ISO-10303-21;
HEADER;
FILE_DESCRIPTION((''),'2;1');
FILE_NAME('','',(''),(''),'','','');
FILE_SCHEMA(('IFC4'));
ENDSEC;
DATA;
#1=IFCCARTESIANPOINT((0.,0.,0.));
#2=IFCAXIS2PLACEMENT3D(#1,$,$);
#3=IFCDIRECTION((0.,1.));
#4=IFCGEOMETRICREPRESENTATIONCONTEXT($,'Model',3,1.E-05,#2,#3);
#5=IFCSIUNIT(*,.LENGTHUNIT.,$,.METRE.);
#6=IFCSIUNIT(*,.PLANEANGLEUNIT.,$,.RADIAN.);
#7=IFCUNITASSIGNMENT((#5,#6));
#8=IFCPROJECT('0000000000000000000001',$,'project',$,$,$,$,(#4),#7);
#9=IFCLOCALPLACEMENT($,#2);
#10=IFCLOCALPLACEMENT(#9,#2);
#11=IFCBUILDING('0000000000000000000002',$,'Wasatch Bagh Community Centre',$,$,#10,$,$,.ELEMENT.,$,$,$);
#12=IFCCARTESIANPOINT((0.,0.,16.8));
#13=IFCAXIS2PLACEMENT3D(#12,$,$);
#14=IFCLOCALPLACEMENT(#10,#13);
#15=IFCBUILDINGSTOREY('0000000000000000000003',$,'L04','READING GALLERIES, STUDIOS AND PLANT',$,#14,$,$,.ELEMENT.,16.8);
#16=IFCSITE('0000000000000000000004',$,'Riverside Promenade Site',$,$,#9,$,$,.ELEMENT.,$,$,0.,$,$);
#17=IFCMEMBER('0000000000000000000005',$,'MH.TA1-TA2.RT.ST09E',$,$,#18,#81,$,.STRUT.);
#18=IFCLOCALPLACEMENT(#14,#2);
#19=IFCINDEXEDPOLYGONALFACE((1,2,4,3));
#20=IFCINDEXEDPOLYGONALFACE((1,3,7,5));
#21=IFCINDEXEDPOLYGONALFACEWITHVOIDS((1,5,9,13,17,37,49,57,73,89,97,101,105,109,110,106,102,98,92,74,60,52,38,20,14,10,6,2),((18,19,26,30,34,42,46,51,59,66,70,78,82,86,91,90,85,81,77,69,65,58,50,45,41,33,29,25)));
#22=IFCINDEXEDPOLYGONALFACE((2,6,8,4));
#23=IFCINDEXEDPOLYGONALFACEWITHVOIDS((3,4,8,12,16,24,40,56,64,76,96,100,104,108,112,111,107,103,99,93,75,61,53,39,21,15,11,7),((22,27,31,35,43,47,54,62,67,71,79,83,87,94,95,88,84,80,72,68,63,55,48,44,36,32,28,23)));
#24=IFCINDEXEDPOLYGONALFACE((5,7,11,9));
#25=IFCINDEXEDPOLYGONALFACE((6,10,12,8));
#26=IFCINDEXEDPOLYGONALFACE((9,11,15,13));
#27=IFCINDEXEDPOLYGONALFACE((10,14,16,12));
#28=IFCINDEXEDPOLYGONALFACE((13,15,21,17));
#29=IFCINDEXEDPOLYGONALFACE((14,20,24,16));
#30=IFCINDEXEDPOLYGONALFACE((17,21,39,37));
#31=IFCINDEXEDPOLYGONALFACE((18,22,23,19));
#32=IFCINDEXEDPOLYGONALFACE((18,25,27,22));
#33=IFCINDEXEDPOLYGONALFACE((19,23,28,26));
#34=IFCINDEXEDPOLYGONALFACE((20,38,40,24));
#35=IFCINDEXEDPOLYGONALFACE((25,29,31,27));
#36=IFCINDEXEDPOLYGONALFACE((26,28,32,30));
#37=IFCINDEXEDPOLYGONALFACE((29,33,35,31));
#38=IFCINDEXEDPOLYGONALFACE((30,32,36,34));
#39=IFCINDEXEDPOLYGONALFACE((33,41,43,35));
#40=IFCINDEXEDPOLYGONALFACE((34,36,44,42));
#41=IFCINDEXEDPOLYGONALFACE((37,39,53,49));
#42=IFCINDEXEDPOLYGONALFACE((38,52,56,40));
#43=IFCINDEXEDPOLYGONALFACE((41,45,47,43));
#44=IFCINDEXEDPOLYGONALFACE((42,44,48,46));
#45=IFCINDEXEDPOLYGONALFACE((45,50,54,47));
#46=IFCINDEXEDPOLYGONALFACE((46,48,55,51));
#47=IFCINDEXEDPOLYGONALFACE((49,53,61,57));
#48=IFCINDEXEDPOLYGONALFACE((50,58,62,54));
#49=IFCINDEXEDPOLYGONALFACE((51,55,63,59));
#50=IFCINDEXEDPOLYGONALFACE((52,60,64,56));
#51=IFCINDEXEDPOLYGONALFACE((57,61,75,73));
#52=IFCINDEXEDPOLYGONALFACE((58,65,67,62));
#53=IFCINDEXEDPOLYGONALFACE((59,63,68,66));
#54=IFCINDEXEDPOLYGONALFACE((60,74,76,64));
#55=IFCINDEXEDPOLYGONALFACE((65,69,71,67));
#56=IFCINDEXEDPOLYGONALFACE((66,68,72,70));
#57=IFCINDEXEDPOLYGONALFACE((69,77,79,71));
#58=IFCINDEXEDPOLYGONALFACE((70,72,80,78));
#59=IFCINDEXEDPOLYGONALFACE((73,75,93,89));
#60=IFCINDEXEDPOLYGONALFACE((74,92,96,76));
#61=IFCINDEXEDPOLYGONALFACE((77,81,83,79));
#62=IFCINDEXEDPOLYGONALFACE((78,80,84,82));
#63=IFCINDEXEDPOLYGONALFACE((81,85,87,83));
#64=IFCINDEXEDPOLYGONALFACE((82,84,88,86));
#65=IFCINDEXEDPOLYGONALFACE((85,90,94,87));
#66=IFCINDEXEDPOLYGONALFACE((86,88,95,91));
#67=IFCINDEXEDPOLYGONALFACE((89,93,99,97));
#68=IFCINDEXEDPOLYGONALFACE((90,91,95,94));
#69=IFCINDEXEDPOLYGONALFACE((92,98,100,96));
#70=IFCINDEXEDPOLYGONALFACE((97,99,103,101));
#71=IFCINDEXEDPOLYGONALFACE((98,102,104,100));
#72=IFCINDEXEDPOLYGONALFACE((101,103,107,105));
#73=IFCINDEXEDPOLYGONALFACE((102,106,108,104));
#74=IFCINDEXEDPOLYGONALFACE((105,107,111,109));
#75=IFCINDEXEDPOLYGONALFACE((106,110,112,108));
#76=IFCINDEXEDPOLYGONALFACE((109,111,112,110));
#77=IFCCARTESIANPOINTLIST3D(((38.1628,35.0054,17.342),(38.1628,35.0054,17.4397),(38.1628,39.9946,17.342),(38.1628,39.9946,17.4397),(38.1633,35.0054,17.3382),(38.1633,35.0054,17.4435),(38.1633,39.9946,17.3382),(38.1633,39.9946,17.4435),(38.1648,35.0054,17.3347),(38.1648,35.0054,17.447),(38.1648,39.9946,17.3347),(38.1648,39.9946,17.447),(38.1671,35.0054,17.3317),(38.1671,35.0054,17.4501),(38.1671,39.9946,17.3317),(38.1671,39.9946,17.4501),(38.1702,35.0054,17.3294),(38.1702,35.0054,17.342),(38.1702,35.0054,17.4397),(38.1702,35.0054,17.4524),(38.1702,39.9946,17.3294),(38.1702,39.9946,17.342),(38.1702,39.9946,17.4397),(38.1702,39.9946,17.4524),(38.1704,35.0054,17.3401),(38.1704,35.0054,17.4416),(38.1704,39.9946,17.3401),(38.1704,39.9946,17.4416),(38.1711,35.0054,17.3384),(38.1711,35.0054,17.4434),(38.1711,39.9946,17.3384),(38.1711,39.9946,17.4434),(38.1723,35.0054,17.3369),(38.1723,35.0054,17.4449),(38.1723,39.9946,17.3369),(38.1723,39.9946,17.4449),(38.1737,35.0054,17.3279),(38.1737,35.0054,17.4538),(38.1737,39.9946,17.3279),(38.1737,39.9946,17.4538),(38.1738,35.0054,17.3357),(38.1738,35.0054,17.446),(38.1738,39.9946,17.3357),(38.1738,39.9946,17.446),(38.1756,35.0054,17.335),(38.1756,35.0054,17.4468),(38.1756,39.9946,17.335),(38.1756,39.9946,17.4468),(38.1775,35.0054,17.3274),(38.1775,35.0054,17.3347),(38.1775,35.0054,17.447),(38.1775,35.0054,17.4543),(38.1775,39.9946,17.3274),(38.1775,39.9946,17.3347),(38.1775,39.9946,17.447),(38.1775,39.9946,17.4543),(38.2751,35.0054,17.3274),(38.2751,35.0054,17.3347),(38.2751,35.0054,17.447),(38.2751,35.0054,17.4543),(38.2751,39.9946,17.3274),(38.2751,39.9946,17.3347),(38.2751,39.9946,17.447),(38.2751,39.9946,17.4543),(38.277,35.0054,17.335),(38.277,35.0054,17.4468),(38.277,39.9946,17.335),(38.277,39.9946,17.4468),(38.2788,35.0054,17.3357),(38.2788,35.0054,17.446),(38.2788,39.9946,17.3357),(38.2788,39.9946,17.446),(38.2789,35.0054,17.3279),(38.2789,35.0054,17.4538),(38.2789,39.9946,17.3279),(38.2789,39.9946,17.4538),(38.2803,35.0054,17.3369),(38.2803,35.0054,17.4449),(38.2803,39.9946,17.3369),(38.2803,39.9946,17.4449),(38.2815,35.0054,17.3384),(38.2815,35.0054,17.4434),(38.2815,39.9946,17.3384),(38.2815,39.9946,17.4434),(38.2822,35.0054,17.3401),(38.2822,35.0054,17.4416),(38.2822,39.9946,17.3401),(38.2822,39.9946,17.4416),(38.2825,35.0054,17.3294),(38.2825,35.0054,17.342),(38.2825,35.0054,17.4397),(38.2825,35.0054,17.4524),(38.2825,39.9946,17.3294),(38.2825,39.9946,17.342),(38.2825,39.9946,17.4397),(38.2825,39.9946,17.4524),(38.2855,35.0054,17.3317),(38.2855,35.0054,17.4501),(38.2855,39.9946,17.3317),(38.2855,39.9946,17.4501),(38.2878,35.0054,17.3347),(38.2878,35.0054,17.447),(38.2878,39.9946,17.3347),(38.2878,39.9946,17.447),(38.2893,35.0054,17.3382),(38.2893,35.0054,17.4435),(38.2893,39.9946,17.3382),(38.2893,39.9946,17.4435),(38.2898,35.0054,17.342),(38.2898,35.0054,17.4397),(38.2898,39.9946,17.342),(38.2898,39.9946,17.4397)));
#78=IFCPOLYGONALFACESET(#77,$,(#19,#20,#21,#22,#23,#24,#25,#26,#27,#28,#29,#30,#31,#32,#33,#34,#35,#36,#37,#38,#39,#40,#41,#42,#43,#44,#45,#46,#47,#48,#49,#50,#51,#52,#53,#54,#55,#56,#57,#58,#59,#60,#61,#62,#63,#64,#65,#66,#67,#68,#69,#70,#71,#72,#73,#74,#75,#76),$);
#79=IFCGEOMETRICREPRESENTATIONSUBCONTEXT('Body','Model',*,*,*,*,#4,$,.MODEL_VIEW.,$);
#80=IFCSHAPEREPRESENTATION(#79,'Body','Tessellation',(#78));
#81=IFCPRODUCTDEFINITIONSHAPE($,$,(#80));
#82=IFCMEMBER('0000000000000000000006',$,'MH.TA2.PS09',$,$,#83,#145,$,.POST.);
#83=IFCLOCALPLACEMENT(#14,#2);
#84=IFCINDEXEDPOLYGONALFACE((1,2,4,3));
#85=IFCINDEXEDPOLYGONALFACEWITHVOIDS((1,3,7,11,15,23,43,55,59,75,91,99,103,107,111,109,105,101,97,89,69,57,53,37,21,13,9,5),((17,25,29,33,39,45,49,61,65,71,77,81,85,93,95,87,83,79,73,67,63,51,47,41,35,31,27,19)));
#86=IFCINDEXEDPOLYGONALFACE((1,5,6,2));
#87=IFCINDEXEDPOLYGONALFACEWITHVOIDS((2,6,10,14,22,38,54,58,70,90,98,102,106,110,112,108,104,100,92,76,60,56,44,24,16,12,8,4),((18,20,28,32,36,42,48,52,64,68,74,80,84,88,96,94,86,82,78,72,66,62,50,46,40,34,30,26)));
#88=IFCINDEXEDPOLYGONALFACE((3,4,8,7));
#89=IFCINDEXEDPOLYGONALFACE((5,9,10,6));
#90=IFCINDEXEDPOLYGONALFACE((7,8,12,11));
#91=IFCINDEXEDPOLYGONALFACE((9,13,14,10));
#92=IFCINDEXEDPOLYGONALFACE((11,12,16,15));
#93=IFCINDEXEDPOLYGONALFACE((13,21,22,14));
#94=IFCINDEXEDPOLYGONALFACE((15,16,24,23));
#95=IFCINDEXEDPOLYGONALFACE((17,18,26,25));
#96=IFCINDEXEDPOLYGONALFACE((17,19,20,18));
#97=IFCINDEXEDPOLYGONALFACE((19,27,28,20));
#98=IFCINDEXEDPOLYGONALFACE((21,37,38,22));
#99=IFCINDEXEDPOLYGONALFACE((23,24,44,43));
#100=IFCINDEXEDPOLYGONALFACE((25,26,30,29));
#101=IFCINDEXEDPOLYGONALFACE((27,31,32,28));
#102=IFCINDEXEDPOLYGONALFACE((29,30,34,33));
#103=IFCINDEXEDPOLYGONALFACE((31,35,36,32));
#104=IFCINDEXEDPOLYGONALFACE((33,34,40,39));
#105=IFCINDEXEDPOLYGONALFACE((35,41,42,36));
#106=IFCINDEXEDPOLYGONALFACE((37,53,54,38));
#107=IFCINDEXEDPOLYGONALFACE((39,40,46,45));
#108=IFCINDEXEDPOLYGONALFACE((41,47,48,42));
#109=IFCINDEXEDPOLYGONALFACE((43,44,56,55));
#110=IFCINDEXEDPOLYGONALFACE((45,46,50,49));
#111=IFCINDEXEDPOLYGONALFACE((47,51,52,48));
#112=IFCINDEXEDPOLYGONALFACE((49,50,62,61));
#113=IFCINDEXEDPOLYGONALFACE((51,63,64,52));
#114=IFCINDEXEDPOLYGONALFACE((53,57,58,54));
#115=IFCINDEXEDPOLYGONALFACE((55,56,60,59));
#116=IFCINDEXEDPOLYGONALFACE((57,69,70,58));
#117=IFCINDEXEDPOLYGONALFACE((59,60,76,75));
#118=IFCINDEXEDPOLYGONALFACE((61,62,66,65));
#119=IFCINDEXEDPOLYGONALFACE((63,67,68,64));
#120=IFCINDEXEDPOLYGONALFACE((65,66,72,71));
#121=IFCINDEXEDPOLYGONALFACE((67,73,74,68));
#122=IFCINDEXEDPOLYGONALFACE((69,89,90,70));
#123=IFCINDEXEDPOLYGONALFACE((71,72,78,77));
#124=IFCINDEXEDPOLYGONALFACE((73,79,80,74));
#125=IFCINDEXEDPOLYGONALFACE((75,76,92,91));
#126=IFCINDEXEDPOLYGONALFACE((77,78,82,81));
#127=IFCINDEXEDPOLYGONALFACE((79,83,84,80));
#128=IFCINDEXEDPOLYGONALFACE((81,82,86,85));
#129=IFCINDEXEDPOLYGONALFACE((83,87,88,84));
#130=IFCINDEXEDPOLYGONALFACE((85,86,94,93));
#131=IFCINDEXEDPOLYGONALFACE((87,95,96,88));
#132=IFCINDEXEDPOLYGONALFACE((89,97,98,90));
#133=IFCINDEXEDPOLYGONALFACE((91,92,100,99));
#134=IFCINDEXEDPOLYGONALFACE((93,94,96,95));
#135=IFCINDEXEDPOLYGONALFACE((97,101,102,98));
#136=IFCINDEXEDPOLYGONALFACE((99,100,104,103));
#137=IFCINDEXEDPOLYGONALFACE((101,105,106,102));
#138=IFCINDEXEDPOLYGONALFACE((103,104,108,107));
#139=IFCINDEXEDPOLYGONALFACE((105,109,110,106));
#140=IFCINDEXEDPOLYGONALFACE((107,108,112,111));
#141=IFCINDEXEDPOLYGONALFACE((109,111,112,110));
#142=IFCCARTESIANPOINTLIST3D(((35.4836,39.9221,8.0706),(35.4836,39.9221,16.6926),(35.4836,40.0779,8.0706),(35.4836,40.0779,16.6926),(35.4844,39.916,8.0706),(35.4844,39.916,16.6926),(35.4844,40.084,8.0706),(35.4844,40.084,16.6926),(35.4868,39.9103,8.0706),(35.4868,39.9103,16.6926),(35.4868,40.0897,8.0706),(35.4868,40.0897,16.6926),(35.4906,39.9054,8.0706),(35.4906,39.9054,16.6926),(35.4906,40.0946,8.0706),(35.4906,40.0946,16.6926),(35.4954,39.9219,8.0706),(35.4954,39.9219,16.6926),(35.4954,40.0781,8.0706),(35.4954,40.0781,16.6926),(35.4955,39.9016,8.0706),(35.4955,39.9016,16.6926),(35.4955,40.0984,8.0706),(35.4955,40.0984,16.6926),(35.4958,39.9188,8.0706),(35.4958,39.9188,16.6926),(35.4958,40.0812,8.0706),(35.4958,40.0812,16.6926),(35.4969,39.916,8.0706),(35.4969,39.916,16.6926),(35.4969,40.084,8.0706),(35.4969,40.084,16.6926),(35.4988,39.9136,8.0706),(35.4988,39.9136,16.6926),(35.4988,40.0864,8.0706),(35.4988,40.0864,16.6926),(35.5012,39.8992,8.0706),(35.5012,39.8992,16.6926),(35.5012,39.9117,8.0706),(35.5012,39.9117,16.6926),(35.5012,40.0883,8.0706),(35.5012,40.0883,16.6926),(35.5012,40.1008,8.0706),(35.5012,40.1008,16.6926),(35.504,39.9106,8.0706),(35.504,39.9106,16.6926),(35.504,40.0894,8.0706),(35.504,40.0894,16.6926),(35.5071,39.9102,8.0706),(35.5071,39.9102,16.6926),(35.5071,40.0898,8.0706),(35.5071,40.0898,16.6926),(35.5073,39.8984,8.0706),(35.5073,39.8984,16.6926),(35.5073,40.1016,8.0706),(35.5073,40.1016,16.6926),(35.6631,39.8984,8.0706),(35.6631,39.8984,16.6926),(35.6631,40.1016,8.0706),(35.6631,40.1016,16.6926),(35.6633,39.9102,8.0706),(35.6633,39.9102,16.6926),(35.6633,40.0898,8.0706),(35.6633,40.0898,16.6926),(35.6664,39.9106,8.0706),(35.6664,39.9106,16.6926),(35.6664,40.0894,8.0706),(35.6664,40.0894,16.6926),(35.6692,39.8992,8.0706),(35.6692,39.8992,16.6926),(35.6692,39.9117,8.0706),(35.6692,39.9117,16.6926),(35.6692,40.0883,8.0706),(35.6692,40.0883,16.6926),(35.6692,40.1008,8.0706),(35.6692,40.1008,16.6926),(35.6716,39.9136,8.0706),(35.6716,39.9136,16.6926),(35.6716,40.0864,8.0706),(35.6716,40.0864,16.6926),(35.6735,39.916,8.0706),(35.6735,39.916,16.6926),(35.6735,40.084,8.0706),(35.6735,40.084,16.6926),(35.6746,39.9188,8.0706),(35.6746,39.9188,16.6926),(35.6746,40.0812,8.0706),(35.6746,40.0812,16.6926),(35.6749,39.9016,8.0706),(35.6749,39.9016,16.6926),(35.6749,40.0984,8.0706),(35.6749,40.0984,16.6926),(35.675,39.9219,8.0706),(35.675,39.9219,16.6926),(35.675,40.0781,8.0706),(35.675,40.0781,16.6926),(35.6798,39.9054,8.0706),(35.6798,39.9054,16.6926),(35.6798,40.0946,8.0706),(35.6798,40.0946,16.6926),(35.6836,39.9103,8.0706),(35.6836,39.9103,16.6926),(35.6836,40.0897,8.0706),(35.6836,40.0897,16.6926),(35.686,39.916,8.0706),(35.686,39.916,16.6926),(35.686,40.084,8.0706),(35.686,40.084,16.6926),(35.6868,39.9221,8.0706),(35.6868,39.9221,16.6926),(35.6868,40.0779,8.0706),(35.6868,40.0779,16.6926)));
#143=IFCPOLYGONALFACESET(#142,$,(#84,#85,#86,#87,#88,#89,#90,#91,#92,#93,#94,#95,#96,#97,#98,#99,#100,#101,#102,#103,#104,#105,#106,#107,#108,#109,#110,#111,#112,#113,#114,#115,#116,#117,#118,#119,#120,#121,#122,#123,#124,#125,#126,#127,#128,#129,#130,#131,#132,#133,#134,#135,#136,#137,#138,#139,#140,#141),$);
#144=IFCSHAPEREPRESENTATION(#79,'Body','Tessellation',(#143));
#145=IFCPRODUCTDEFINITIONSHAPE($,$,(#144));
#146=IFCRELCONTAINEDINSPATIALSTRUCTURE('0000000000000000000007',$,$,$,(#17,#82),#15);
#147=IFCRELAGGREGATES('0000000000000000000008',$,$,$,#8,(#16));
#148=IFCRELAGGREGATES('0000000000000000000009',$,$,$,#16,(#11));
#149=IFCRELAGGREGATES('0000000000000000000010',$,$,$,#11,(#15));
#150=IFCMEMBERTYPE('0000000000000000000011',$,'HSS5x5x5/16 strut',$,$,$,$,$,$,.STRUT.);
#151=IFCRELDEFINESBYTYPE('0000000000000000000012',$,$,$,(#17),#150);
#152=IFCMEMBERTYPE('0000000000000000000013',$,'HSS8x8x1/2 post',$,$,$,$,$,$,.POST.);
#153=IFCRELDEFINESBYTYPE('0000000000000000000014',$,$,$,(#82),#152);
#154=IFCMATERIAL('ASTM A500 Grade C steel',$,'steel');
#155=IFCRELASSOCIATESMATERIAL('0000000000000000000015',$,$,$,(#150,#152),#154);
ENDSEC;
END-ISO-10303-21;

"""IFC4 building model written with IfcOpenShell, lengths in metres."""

from ifc_helpers import new_model, si_unit, direction, frame, origin, origin_2d, place, context, subcontext, project, spatial, hollow_rectangle, extrude, material, material_profile, profile_set, type_object, element, save


model = new_model("IFC4")

# Units and contexts
model_context = context("Model", 3, precision=1e-05, world=origin(), true_north=direction((0.0, 1.0)))
body_context = subcontext(model_context, "Body", "Model", "MODEL_VIEW")
ifc_project = project(units=[si_unit("LENGTHUNIT", "METRE"), si_unit("PLANEANGLEUNIT", "RADIAN")], contexts=[model_context])

# Site, building, storey
site_placement = place(None, origin())
site = spatial("IfcSite", under=ifc_project, at=site_placement, Name="Riverside Promenade Site", CompositionType="ELEMENT", RefElevation=0.0)
building_placement = place(site_placement, origin())
building = spatial("IfcBuilding", under=site, at=building_placement, Name="Wasatch Bagh Community Centre", CompositionType="ELEMENT")
storey_placement = place(building_placement, frame((0.0, 0.0, 16.8)))
storey = spatial("IfcBuildingStorey", under=building, at=storey_placement, Name="L04", Description="READING GALLERIES, STUDIOS AND PLANT", CompositionType="ELEMENT", Elevation=16.8)

# Members
ifc_material_1 = material(Name="ASTM A500 Grade C steel", Category="steel")
ifc_material_profile_1 = material_profile(ifc_material_1, hollow_rectangle(XDim=0.127, YDim=0.127, WallThickness=0.0073, InnerFilletRadius=0.0073, OuterFilletRadius=0.0146, at=origin_2d()), Name="HSS5x5x5/16")
ifc_profile_set_1 = profile_set([ifc_material_profile_1], Name="ASTM A500 Grade C steel")
member_type_1 = type_object("IfcMemberType", Name="HSS5x5x5/16 strut", PredefinedType="STRUT", material=ifc_profile_set_1)
for number, where, z_axis, x_axis, name in (
    (1, (38.2263, 35.0054, 17.3909), (0.0, 1.0, 0.0), (-1.0, 0.0, 0.0), "MH.TA1-TA2.RT.ST09E"),
):
    element("IfcMember", number, at=place(storey_placement, frame(where, z_axis=z_axis, x_axis=x_axis)), inside=storey, type_object=member_type_1, Name=name, PredefinedType="STRUT", context=body_context, shape_type="SweptSolid", body=[
        extrude(hollow_rectangle(XDim=0.127, YDim=0.127, WallThickness=0.0073, InnerFilletRadius=0.0073, OuterFilletRadius=0.0146, at=origin_2d()), origin(), (0.0, 0.0, 1.0), 4.9893),
    ])
ifc_material_profile_2 = material_profile(ifc_material_1, hollow_rectangle(XDim=0.2031, YDim=0.2031, WallThickness=0.0117, InnerFilletRadius=0.0117, OuterFilletRadius=0.0237, at=origin_2d()), Name="HSS8x8x1/2")
ifc_profile_set_2 = profile_set([ifc_material_profile_2], Name="ASTM A500 Grade C steel")
member_type_2 = type_object("IfcMemberType", Name="HSS8x8x1/2 post", PredefinedType="POST", material=ifc_profile_set_2)
member_1_placement = place(storey_placement, frame((35.5852, 40.0, 8.0706), z_axis=(0.0, 0.0, 1.0), x_axis=(1.0, 0.0, 0.0)))
element("IfcMember", 2, at=member_1_placement, inside=storey, type_object=member_type_2, Name="MH.TA2.PS09", PredefinedType="POST", context=body_context, shape_type="SweptSolid", body=[
    extrude(hollow_rectangle(XDim=0.2031, YDim=0.2031, WallThickness=0.0117, InnerFilletRadius=0.0117, OuterFilletRadius=0.0237, at=origin_2d()), origin(), (0.0, 0.0, 1.0), 8.6221),
])

save(model, "model.ifc")
